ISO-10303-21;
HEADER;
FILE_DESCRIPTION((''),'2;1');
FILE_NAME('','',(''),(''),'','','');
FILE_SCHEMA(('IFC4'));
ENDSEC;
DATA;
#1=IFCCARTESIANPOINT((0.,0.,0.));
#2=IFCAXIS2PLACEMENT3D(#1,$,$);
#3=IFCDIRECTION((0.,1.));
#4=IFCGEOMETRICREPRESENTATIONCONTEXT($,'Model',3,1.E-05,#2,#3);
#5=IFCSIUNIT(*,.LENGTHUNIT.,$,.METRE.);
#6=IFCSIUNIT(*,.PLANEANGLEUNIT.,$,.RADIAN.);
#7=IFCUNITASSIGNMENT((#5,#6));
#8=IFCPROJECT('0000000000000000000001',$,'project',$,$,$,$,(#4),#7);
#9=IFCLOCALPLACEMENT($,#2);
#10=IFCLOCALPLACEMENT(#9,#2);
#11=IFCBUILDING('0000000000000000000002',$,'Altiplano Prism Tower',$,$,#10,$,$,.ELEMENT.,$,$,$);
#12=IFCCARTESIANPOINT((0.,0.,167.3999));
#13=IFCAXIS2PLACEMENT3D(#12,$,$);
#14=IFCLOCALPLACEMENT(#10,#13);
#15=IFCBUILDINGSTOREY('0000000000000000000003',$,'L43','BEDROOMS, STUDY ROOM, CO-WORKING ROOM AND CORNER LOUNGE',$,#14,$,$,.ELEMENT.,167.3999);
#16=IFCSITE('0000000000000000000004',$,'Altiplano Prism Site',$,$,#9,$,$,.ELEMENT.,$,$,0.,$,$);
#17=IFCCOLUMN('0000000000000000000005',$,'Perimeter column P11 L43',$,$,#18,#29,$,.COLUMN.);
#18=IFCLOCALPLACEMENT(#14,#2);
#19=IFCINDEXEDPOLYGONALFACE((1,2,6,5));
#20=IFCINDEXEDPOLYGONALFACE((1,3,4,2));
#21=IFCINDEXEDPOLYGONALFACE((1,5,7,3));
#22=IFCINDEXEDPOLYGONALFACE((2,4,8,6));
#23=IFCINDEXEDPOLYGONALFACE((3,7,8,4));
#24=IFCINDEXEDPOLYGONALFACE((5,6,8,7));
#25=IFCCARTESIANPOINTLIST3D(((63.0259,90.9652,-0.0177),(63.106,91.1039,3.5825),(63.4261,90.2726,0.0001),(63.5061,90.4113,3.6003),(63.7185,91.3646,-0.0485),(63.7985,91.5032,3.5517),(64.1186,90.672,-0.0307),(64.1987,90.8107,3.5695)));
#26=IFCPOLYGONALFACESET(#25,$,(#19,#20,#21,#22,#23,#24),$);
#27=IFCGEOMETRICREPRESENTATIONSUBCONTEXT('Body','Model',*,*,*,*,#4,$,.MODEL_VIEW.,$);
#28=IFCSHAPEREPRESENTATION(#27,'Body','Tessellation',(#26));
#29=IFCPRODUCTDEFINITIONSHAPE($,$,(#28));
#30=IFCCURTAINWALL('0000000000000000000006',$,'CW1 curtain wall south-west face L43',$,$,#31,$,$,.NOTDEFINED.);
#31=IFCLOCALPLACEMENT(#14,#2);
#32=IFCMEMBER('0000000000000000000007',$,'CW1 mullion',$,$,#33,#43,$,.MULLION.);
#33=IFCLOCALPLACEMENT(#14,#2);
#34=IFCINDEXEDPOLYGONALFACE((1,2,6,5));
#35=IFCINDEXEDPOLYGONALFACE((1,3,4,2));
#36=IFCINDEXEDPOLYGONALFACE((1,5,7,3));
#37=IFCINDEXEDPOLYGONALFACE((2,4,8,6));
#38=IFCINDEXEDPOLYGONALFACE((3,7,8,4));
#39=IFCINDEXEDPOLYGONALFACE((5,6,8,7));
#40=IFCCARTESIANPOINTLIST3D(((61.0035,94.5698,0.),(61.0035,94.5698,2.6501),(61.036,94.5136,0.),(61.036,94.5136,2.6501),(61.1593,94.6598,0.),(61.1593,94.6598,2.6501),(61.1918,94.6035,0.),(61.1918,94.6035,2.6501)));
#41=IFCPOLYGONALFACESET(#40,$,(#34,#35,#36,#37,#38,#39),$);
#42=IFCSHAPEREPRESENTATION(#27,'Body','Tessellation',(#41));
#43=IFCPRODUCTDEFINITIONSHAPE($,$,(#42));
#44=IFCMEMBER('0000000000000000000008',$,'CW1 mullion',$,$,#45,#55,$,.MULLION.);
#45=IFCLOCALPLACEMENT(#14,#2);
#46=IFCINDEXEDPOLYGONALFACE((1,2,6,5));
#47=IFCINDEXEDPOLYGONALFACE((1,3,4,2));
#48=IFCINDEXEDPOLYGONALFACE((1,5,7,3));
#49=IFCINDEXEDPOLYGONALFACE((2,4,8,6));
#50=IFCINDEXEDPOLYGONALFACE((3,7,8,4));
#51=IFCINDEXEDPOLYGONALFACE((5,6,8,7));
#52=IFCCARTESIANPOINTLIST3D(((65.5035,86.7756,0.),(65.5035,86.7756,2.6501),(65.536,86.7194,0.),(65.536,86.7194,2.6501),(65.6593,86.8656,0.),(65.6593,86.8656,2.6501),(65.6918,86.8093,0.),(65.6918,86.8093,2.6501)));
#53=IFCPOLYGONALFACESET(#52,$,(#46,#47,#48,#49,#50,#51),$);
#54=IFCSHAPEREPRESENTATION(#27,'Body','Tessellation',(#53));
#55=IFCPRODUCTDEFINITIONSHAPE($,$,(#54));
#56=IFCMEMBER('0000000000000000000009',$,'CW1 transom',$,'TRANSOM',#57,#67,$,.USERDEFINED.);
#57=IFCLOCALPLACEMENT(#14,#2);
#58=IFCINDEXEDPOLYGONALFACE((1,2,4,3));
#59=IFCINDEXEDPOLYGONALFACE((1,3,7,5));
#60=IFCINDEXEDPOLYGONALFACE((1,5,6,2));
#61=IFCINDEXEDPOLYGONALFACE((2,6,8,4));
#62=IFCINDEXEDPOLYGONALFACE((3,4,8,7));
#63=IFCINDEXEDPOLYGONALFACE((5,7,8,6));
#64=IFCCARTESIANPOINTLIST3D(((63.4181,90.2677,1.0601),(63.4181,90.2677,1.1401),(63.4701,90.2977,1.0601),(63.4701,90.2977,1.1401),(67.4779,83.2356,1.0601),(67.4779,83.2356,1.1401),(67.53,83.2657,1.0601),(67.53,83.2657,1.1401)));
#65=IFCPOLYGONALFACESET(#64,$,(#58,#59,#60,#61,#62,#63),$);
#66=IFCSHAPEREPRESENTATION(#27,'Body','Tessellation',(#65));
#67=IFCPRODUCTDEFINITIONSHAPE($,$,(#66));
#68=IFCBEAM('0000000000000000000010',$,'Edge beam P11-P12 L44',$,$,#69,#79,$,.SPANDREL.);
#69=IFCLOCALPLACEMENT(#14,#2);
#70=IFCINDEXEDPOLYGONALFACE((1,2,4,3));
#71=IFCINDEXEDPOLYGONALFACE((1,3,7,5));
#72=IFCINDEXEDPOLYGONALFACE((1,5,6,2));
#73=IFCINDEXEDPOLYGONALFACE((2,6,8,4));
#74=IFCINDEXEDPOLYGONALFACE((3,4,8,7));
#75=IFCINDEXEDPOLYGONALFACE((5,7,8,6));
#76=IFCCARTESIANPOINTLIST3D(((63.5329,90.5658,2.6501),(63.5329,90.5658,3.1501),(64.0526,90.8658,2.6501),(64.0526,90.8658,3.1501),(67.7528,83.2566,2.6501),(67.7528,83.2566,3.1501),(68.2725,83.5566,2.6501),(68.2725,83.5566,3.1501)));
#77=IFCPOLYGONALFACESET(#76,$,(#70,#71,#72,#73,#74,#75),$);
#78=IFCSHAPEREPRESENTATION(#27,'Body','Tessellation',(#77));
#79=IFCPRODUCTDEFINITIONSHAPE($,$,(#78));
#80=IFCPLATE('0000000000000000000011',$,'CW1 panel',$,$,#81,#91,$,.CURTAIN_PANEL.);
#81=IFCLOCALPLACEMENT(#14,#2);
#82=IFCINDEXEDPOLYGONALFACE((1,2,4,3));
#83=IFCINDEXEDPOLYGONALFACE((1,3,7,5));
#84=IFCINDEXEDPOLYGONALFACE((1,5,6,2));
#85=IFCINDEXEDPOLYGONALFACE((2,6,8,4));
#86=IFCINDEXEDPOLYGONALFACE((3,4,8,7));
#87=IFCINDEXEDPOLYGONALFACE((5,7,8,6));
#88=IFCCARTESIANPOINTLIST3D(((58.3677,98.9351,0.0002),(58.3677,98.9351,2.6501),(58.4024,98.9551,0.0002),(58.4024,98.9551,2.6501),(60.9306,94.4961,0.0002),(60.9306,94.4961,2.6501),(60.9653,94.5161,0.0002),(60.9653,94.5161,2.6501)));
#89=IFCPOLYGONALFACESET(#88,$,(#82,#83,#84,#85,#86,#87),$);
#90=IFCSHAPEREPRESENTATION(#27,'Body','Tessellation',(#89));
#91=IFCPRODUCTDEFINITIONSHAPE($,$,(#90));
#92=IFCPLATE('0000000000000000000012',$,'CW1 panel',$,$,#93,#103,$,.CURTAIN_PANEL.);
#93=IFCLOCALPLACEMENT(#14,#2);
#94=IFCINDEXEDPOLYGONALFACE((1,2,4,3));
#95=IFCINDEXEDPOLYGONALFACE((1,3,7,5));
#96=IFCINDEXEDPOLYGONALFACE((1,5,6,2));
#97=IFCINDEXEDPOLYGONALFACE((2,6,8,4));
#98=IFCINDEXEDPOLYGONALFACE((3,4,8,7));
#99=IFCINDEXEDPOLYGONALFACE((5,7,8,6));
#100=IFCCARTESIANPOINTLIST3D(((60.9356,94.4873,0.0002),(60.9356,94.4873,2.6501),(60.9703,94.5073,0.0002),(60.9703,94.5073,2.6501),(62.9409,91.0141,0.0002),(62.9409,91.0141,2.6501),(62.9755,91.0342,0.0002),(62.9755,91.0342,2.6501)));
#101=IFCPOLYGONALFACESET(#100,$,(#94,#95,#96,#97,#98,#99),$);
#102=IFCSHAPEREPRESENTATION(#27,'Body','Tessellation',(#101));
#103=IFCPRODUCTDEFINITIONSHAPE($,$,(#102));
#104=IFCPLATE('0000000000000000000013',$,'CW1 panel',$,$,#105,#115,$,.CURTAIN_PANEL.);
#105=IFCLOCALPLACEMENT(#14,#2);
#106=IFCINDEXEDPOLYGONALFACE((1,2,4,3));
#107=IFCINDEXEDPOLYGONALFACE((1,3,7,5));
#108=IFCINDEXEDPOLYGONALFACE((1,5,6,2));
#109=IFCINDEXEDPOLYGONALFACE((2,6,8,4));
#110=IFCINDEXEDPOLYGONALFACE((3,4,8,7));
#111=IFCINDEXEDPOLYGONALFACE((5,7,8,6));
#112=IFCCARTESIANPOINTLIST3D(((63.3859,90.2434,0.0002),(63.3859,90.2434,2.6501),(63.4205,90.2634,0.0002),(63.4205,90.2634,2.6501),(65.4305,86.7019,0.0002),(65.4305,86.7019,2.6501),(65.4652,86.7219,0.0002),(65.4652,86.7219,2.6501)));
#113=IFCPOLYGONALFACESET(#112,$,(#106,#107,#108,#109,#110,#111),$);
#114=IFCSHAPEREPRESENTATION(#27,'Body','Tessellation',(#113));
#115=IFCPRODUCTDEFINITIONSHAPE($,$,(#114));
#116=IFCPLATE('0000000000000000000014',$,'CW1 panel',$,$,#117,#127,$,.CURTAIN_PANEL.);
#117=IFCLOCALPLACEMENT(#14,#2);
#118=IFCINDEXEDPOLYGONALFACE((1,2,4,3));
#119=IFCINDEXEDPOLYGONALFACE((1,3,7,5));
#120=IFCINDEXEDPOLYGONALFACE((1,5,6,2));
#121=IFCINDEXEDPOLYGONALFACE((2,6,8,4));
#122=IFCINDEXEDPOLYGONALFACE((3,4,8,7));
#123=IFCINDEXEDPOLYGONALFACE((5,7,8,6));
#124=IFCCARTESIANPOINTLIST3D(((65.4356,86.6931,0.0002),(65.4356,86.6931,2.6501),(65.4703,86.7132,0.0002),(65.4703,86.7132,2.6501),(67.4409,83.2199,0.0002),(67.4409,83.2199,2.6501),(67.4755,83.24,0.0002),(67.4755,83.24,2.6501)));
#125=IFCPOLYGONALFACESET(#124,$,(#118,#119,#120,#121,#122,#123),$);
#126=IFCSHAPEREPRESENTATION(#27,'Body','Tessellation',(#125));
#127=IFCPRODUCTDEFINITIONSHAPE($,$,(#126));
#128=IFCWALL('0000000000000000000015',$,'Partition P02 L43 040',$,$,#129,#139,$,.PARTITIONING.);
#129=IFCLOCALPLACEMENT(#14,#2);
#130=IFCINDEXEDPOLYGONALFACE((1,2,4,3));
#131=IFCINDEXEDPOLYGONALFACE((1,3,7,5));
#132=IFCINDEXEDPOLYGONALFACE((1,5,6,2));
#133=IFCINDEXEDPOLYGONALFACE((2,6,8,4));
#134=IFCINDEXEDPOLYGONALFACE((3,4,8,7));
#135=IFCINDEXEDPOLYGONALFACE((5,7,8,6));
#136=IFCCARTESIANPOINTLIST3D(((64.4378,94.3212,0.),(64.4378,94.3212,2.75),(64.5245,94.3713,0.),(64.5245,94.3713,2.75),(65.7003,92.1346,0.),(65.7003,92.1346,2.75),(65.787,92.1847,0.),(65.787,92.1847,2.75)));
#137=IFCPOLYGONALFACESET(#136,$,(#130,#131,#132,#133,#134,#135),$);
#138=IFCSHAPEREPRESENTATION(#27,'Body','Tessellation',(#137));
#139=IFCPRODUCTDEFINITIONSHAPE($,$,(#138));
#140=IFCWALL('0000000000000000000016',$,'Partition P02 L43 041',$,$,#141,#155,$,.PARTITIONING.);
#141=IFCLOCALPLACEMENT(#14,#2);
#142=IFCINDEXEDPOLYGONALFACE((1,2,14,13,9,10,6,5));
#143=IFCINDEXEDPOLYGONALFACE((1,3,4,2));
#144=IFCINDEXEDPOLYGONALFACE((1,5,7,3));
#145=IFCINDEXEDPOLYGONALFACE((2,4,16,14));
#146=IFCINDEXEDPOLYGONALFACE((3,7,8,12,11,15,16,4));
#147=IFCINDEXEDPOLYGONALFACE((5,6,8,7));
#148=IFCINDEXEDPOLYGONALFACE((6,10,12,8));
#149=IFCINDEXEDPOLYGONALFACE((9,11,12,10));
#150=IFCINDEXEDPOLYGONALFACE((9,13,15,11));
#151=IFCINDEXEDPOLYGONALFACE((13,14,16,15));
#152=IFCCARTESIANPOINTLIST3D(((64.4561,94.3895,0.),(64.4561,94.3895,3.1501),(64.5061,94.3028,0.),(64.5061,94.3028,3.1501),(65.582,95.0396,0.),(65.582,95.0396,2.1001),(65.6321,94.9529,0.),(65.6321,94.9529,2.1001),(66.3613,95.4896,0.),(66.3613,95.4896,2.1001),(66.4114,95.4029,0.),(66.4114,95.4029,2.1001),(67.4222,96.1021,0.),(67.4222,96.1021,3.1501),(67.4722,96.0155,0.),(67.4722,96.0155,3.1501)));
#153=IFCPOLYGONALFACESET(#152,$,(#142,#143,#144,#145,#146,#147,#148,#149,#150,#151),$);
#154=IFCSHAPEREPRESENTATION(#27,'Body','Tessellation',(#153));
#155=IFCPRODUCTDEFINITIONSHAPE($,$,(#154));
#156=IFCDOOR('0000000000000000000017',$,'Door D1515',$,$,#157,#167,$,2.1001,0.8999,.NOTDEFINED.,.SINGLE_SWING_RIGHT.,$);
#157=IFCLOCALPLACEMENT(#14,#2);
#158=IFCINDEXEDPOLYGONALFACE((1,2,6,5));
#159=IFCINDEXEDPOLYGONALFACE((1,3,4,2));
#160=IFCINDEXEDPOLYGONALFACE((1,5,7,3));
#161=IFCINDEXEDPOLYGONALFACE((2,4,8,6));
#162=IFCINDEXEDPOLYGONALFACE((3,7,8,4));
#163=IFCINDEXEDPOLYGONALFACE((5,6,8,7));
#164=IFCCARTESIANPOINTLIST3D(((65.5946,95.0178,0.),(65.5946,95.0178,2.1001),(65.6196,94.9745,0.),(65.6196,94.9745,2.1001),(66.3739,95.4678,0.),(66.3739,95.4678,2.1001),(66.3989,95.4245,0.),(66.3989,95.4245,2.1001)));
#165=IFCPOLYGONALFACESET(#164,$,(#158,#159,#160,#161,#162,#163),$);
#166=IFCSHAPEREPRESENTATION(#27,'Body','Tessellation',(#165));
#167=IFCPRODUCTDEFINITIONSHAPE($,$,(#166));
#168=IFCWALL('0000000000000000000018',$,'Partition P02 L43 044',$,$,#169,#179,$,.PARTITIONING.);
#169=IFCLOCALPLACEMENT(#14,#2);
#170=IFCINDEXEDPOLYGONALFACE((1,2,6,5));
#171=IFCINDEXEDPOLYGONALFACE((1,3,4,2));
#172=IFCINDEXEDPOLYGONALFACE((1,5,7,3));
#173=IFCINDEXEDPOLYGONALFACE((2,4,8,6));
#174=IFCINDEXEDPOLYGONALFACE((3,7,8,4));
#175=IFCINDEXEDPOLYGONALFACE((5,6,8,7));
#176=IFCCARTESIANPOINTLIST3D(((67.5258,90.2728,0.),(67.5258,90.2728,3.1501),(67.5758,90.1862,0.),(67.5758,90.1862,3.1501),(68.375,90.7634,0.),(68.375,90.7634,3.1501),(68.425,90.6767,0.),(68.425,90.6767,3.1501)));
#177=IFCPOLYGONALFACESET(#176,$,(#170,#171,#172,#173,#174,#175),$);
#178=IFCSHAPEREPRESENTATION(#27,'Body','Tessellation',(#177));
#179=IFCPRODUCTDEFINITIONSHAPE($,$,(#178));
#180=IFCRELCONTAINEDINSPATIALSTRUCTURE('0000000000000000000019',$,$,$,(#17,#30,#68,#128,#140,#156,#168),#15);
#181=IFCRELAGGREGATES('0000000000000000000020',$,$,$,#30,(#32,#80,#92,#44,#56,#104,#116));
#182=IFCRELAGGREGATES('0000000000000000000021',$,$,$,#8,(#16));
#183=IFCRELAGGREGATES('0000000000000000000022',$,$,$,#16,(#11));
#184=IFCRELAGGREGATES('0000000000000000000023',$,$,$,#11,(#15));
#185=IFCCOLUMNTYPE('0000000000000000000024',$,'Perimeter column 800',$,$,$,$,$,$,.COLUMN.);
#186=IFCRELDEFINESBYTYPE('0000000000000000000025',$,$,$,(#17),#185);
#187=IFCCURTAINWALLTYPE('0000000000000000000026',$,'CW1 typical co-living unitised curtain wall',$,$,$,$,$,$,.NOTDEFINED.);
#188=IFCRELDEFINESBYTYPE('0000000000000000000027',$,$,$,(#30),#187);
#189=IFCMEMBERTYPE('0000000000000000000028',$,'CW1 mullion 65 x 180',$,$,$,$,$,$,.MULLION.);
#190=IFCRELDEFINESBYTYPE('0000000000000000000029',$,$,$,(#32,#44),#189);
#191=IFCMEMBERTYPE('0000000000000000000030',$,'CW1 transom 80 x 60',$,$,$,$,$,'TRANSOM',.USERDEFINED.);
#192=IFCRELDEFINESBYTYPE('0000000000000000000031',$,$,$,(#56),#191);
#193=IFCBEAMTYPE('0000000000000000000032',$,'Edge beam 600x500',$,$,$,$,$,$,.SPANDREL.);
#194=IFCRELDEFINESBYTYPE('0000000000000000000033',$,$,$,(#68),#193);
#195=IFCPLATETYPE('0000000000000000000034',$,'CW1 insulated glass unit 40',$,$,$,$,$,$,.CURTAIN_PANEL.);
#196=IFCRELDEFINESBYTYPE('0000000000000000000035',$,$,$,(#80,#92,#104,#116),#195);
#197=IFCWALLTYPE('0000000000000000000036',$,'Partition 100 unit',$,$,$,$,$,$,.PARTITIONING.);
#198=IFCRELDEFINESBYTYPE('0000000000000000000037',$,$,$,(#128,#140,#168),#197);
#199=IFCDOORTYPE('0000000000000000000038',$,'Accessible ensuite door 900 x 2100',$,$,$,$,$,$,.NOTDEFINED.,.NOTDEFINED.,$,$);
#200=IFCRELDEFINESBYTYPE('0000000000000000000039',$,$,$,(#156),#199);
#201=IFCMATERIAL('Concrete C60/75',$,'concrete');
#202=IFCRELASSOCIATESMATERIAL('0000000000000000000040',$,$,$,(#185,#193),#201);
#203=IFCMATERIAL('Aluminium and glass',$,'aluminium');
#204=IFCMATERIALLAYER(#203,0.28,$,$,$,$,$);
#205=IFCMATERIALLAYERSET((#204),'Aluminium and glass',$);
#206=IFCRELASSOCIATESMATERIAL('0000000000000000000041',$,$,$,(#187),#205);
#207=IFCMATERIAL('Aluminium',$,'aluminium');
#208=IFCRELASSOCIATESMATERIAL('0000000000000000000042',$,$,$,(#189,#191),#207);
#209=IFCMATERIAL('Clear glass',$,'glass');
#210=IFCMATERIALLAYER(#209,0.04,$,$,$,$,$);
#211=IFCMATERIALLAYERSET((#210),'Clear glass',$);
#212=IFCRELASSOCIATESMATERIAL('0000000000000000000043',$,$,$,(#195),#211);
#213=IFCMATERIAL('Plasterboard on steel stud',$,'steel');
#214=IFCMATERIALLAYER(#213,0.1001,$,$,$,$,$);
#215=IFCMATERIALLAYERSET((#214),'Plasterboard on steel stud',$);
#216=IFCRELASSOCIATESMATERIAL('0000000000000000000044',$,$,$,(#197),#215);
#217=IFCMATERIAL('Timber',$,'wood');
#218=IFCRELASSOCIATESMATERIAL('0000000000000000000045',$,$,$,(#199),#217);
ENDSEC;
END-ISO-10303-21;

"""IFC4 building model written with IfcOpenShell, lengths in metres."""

from ifc_helpers import new_model, si_unit, direction, frame, frame_2d, origin, origin_2d, place, context, subcontext, project, spatial, rectangle, extrude, material, layer, layer_set, material_profile, profile_set, type_object, element, fill, aggregate, save


model = new_model("IFC4")

# Units and contexts
model_context = context("Model", 3, precision=1e-05, world=origin(), true_north=direction((0.0, 1.0)))
body_context = subcontext(model_context, "Body", "Model", "MODEL_VIEW")
ifc_project = project(units=[si_unit("LENGTHUNIT", "METRE"), si_unit("PLANEANGLEUNIT", "RADIAN")], contexts=[model_context])

# Site, building, storey
site_placement = place(None, origin())
site = spatial("IfcSite", under=ifc_project, at=site_placement, Name="Altiplano Prism Site", CompositionType="ELEMENT", RefElevation=0.0)
building_placement = place(site_placement, origin())
building = spatial("IfcBuilding", under=site, at=building_placement, Name="Altiplano Prism Tower", CompositionType="ELEMENT")
storey_placement = place(building_placement, frame((0.0, 0.0, 167.3999)))
storey = spatial("IfcBuildingStorey", under=building, at=storey_placement, Name="L43", Description="BEDROOMS, STUDY ROOM, CO-WORKING ROOM AND CORNER LOUNGE", CompositionType="ELEMENT", Elevation=167.3999)

# Column
ifc_material_1 = material(Name="Concrete C60/75", Category="concrete")
ifc_material_profile_1 = material_profile(ifc_material_1, rectangle(XDim=0.8, YDim=0.8, at=origin_2d()), Name="Perimeter column 800")
ifc_profile_set_1 = profile_set([ifc_material_profile_1], Name="Concrete C60/75")
column_type = type_object("IfcColumnType", Name="Perimeter column 800", PredefinedType="COLUMN", material=ifc_profile_set_1)
column_placement = place(storey_placement, frame((63.5723, 90.8186, -0.0242), z_axis=(0.022221, 0.038481, 0.999012), x_axis=(-0.865642, -0.499182, 0.038483)))
element("IfcColumn", 1, at=column_placement, inside=storey, type_object=column_type, Name="Perimeter column P11 L43", PredefinedType="COLUMN", context=body_context, shape_type="SweptSolid", body=[
    extrude(rectangle(XDim=0.8, YDim=0.8, at=origin_2d()), origin(), (0.0, 0.0, 1.0), 3.6038),
])

# Curtain wall, members
ifc_material_2 = material(Name="Aluminium and glass", Category="aluminium")
ifc_layer_1 = layer(ifc_material_2, 0.28)
ifc_layer_set_1 = layer_set([ifc_layer_1], Name="Aluminium and glass")
curtain_wall_type = type_object("IfcCurtainWallType", Name="CW1 typical co-living unitised curtain wall", PredefinedType="NOTDEFINED", material=ifc_layer_set_1)
curtain_wall_placement = place(storey_placement, origin())
curtain_wall = element("IfcCurtainWall", 2, at=curtain_wall_placement, inside=storey, type_object=curtain_wall_type, Name="CW1 curtain wall south-west face L43", PredefinedType="NOTDEFINED")
ifc_material_3 = material(Name="Aluminium", Category="aluminium")
ifc_material_profile_2 = material_profile(ifc_material_3, rectangle(XDim=0.1799, YDim=0.0649, at=origin_2d()), Name="CW1 mullion 65 x 180")
ifc_profile_set_2 = profile_set([ifc_material_profile_2], Name="Aluminium")
member_type_1 = type_object("IfcMemberType", Name="CW1 mullion 65 x 180", PredefinedType="MULLION", material=ifc_profile_set_2)
member_1_placement = place(storey_placement, frame((61.0977, 94.5867, 0.0), z_axis=(0.0, 0.0, 1.0), x_axis=(0.866025, 0.5, 0.0)))
member_1 = element("IfcMember", 3, at=member_1_placement, type_object=member_type_1, Name="CW1 mullion", PredefinedType="MULLION", context=body_context, shape_type="SweptSolid", body=[
    extrude(rectangle(XDim=0.1799, YDim=0.0649, at=origin_2d()), origin(), (0.0, 0.0, 1.0), 2.6501),
])
member_2_placement = place(storey_placement, frame((65.5977, 86.7925, 0.0), z_axis=(0.0, 0.0, 1.0), x_axis=(0.866025, 0.5, 0.0)))
member_2 = element("IfcMember", 4, at=member_2_placement, type_object=member_type_1, Name="CW1 mullion", PredefinedType="MULLION", context=body_context, shape_type="SweptSolid", body=[
    extrude(rectangle(XDim=0.1799, YDim=0.0649, at=origin_2d()), origin(), (0.0, 0.0, 1.0), 2.6501),
])
ifc_material_profile_3 = material_profile(ifc_material_3, rectangle(XDim=0.0601, YDim=0.0801, at=origin_2d()), Name="CW1 transom 80 x 60")
ifc_profile_set_3 = profile_set([ifc_material_profile_3], Name="Aluminium")
member_type_2 = type_object("IfcMemberType", Name="CW1 transom 80 x 60", ElementType="TRANSOM", PredefinedType="USERDEFINED", material=ifc_profile_set_3)
member_3_placement = place(storey_placement, frame((63.4441, 90.2827, 1.1001), z_axis=(0.499991, -0.866031, 0.0), x_axis=(0.866031, 0.499991, 0.0)))
member_3 = element("IfcMember", 5, at=member_3_placement, type_object=member_type_2, Name="CW1 transom", ObjectType="TRANSOM", PredefinedType="USERDEFINED", context=body_context, shape_type="SweptSolid", body=[
    extrude(rectangle(XDim=0.0601, YDim=0.0801, at=origin_2d()), origin(), (0.0, 0.0, 1.0), 8.1199),
])

# Beam
ifc_material_profile_4 = material_profile(ifc_material_1, rectangle(XDim=0.6001, YDim=0.5, at=origin_2d()), Name="Edge beam 600x500")
ifc_profile_set_4 = profile_set([ifc_material_profile_4], Name="Concrete C60/75")
beam_type = type_object("IfcBeamType", Name="Edge beam 600x500", PredefinedType="SPANDREL", material=ifc_profile_set_4)
beam_placement = place(storey_placement, frame((63.7927, 90.7158, 2.9001), z_axis=(0.499994, -0.866029, 0.0), x_axis=(0.866029, 0.499994, 0.0)))
element("IfcBeam", 6, at=beam_placement, inside=storey, type_object=beam_type, Name="Edge beam P11-P12 L44", PredefinedType="SPANDREL", context=body_context, shape_type="SweptSolid", body=[
    extrude(rectangle(XDim=0.6001, YDim=0.5, at=origin_2d()), origin(), (0.0, 0.0, 1.0), 8.4399),
])

# Plates
ifc_material_4 = material(Name="Clear glass", Category="glass")
ifc_layer_2 = layer(ifc_material_4, 0.04)
ifc_layer_set_2 = layer_set([ifc_layer_2], Name="Clear glass")
plate_type = type_object("IfcPlateType", Name="CW1 insulated glass unit 40", PredefinedType="CURTAIN_PANEL", material=ifc_layer_set_2)
plate_1_placement = place(storey_placement, frame((59.6665, 96.7256, 0.0002), z_axis=(0.0, 0.0, 1.0), x_axis=(0.5, -0.866025, 0.0)))
plate_1 = element("IfcPlate", 7, at=plate_1_placement, type_object=plate_type, Name="CW1 panel", PredefinedType="CURTAIN_PANEL", context=body_context, shape_type="SweptSolid", body=[
    extrude(rectangle(XDim=5.1257, YDim=0.04, at=origin_2d()), origin(), (0.0, 0.0, 1.0), 2.6499),
])
plate_2_placement = place(storey_placement, frame((61.9556, 92.7607, 0.0002), z_axis=(0.0, 0.0, 1.0), x_axis=(0.5, -0.866025, 0.0)))
plate_2 = element("IfcPlate", 8, at=plate_2_placement, type_object=plate_type, Name="CW1 panel", PredefinedType="CURTAIN_PANEL", context=body_context, shape_type="SweptSolid", body=[
    extrude(rectangle(XDim=4.0105, YDim=0.04, at=origin_2d()), origin(), (0.0, 0.0, 1.0), 2.6499),
])
plate_3_placement = place(storey_placement, frame((64.4255, 88.4827, 0.0002), z_axis=(0.0, 0.0, 1.0), x_axis=(0.5, -0.866025, 0.0)))
plate_3 = element("IfcPlate", 9, at=plate_3_placement, type_object=plate_type, Name="CW1 panel", PredefinedType="CURTAIN_PANEL", context=body_context, shape_type="SweptSolid", body=[
    extrude(rectangle(XDim=4.0894, YDim=0.04, at=origin_2d()), origin(), (0.0, 0.0, 1.0), 2.6499),
])
plate_4_placement = place(storey_placement, frame((66.4556, 84.9666, 0.0002), z_axis=(0.0, 0.0, 1.0), x_axis=(0.5, -0.866025, 0.0)))
plate_4 = element("IfcPlate", 10, at=plate_4_placement, type_object=plate_type, Name="CW1 panel", PredefinedType="CURTAIN_PANEL", context=body_context, shape_type="SweptSolid", body=[
    extrude(rectangle(XDim=4.0105, YDim=0.04, at=origin_2d()), origin(), (0.0, 0.0, 1.0), 2.6499),
])
aggregate(curtain_wall, [member_1, plate_1, plate_2, member_2, member_3, plate_3, plate_4])

# Wall
ifc_material_5 = material(Name="Plasterboard on steel stud", Category="steel")
ifc_layer_3 = layer(ifc_material_5, 0.1001)
ifc_layer_set_3 = layer_set([ifc_layer_3], Name="Plasterboard on steel stud")
wall_type_1 = type_object("IfcWallType", Name="Partition 100 unit", PredefinedType="PARTITIONING", material=ifc_layer_set_3)
wall_1_placement = place(storey_placement, frame((65.7437, 92.1597, 0.0), z_axis=(0.0, 0.0, 1.0), x_axis=(-0.500018, 0.866015, 0.0)))
element("IfcWall", 11, at=wall_1_placement, inside=storey, type_object=wall_type_1, Name="Partition P02 L43 040", PredefinedType="PARTITIONING", context=body_context, shape_type="SweptSolid", body=[
    extrude(rectangle(XDim=2.5249, YDim=0.1001, at=frame_2d((1.2625, 0.0))), origin(), (0.0, 0.0, 1.0), 2.75),
])

# Wall, opening, door
wall_2_placement = place(storey_placement, frame((64.4812, 94.3462, 0.0), z_axis=(0.0, 0.0, 1.0), x_axis=(0.866002, 0.500041, 0.0)))
wall_2 = element("IfcWall", 12, at=wall_2_placement, inside=storey, type_object=wall_type_1, Name="Partition P02 L43 041", PredefinedType="PARTITIONING", context=body_context, shape_type="SweptSolid", body=[
    extrude(rectangle(XDim=3.425, YDim=0.1001, at=frame_2d((1.7124, 0.0))), origin(), (0.0, 0.0, 1.0), 3.1501),
])
opening_1_placement = place(wall_2_placement, frame((1.3, 0.0, 0.0)))
opening_1 = element("IfcOpeningElement", 13, at=opening_1_placement, cuts=wall_2, PredefinedType="OPENING", context=body_context, shape_type="SweptSolid", body=[
    extrude(rectangle(XDim=0.8999, YDim=2.1001, at=frame_2d((0.45, 1.05))), frame((0.0, 0.0605, 0.0), z_axis=(0.0, -1.0, 0.0), x_axis=(1.0, 0.0, 0.0)), (0.0, 0.0, 1.0), 0.1211),
])
ifc_material_6 = material(Name="Timber", Category="wood")
door_type_1 = type_object("IfcDoorType", Name="Accessible ensuite door 900 x 2100", OperationType="NOTDEFINED", PredefinedType="NOTDEFINED", material=ifc_material_6)
door_1_placement = place(opening_1_placement, origin())
door_1 = element("IfcDoor", 14, at=door_1_placement, inside=storey, type_object=door_type_1, Name="Door D1515", OperationType="SINGLE_SWING_RIGHT", OverallHeight=2.1001, OverallWidth=0.8999, PredefinedType="NOTDEFINED", context=body_context, shape_type="SweptSolid", body=[
    extrude(rectangle(XDim=0.8999, YDim=2.1001, at=frame_2d((0.45, 1.05))), frame((0.0, 0.0249, 0.0), z_axis=(0.0, -1.0, 0.0), x_axis=(1.0, 0.0, 0.0)), (0.0, 0.0, 1.0), 0.05),
])
fill(opening_1, door_1)

# Wall
wall_3_placement = place(storey_placement, frame((68.3999, 90.72, 0.0), z_axis=(0.0, 0.0, 1.0), x_axis=(-0.86592, -0.500182, 0.0)))
element("IfcWall", 15, at=wall_3_placement, inside=storey, type_object=wall_type_1, Name="Partition P02 L43 044", PredefinedType="PARTITIONING", context=body_context, shape_type="SweptSolid", body=[
    extrude(rectangle(XDim=0.9807, YDim=0.1001, at=frame_2d((0.4902, 0.0))), origin(), (0.0, 0.0, 1.0), 3.1501),
])

save(model, "model.ifc")
